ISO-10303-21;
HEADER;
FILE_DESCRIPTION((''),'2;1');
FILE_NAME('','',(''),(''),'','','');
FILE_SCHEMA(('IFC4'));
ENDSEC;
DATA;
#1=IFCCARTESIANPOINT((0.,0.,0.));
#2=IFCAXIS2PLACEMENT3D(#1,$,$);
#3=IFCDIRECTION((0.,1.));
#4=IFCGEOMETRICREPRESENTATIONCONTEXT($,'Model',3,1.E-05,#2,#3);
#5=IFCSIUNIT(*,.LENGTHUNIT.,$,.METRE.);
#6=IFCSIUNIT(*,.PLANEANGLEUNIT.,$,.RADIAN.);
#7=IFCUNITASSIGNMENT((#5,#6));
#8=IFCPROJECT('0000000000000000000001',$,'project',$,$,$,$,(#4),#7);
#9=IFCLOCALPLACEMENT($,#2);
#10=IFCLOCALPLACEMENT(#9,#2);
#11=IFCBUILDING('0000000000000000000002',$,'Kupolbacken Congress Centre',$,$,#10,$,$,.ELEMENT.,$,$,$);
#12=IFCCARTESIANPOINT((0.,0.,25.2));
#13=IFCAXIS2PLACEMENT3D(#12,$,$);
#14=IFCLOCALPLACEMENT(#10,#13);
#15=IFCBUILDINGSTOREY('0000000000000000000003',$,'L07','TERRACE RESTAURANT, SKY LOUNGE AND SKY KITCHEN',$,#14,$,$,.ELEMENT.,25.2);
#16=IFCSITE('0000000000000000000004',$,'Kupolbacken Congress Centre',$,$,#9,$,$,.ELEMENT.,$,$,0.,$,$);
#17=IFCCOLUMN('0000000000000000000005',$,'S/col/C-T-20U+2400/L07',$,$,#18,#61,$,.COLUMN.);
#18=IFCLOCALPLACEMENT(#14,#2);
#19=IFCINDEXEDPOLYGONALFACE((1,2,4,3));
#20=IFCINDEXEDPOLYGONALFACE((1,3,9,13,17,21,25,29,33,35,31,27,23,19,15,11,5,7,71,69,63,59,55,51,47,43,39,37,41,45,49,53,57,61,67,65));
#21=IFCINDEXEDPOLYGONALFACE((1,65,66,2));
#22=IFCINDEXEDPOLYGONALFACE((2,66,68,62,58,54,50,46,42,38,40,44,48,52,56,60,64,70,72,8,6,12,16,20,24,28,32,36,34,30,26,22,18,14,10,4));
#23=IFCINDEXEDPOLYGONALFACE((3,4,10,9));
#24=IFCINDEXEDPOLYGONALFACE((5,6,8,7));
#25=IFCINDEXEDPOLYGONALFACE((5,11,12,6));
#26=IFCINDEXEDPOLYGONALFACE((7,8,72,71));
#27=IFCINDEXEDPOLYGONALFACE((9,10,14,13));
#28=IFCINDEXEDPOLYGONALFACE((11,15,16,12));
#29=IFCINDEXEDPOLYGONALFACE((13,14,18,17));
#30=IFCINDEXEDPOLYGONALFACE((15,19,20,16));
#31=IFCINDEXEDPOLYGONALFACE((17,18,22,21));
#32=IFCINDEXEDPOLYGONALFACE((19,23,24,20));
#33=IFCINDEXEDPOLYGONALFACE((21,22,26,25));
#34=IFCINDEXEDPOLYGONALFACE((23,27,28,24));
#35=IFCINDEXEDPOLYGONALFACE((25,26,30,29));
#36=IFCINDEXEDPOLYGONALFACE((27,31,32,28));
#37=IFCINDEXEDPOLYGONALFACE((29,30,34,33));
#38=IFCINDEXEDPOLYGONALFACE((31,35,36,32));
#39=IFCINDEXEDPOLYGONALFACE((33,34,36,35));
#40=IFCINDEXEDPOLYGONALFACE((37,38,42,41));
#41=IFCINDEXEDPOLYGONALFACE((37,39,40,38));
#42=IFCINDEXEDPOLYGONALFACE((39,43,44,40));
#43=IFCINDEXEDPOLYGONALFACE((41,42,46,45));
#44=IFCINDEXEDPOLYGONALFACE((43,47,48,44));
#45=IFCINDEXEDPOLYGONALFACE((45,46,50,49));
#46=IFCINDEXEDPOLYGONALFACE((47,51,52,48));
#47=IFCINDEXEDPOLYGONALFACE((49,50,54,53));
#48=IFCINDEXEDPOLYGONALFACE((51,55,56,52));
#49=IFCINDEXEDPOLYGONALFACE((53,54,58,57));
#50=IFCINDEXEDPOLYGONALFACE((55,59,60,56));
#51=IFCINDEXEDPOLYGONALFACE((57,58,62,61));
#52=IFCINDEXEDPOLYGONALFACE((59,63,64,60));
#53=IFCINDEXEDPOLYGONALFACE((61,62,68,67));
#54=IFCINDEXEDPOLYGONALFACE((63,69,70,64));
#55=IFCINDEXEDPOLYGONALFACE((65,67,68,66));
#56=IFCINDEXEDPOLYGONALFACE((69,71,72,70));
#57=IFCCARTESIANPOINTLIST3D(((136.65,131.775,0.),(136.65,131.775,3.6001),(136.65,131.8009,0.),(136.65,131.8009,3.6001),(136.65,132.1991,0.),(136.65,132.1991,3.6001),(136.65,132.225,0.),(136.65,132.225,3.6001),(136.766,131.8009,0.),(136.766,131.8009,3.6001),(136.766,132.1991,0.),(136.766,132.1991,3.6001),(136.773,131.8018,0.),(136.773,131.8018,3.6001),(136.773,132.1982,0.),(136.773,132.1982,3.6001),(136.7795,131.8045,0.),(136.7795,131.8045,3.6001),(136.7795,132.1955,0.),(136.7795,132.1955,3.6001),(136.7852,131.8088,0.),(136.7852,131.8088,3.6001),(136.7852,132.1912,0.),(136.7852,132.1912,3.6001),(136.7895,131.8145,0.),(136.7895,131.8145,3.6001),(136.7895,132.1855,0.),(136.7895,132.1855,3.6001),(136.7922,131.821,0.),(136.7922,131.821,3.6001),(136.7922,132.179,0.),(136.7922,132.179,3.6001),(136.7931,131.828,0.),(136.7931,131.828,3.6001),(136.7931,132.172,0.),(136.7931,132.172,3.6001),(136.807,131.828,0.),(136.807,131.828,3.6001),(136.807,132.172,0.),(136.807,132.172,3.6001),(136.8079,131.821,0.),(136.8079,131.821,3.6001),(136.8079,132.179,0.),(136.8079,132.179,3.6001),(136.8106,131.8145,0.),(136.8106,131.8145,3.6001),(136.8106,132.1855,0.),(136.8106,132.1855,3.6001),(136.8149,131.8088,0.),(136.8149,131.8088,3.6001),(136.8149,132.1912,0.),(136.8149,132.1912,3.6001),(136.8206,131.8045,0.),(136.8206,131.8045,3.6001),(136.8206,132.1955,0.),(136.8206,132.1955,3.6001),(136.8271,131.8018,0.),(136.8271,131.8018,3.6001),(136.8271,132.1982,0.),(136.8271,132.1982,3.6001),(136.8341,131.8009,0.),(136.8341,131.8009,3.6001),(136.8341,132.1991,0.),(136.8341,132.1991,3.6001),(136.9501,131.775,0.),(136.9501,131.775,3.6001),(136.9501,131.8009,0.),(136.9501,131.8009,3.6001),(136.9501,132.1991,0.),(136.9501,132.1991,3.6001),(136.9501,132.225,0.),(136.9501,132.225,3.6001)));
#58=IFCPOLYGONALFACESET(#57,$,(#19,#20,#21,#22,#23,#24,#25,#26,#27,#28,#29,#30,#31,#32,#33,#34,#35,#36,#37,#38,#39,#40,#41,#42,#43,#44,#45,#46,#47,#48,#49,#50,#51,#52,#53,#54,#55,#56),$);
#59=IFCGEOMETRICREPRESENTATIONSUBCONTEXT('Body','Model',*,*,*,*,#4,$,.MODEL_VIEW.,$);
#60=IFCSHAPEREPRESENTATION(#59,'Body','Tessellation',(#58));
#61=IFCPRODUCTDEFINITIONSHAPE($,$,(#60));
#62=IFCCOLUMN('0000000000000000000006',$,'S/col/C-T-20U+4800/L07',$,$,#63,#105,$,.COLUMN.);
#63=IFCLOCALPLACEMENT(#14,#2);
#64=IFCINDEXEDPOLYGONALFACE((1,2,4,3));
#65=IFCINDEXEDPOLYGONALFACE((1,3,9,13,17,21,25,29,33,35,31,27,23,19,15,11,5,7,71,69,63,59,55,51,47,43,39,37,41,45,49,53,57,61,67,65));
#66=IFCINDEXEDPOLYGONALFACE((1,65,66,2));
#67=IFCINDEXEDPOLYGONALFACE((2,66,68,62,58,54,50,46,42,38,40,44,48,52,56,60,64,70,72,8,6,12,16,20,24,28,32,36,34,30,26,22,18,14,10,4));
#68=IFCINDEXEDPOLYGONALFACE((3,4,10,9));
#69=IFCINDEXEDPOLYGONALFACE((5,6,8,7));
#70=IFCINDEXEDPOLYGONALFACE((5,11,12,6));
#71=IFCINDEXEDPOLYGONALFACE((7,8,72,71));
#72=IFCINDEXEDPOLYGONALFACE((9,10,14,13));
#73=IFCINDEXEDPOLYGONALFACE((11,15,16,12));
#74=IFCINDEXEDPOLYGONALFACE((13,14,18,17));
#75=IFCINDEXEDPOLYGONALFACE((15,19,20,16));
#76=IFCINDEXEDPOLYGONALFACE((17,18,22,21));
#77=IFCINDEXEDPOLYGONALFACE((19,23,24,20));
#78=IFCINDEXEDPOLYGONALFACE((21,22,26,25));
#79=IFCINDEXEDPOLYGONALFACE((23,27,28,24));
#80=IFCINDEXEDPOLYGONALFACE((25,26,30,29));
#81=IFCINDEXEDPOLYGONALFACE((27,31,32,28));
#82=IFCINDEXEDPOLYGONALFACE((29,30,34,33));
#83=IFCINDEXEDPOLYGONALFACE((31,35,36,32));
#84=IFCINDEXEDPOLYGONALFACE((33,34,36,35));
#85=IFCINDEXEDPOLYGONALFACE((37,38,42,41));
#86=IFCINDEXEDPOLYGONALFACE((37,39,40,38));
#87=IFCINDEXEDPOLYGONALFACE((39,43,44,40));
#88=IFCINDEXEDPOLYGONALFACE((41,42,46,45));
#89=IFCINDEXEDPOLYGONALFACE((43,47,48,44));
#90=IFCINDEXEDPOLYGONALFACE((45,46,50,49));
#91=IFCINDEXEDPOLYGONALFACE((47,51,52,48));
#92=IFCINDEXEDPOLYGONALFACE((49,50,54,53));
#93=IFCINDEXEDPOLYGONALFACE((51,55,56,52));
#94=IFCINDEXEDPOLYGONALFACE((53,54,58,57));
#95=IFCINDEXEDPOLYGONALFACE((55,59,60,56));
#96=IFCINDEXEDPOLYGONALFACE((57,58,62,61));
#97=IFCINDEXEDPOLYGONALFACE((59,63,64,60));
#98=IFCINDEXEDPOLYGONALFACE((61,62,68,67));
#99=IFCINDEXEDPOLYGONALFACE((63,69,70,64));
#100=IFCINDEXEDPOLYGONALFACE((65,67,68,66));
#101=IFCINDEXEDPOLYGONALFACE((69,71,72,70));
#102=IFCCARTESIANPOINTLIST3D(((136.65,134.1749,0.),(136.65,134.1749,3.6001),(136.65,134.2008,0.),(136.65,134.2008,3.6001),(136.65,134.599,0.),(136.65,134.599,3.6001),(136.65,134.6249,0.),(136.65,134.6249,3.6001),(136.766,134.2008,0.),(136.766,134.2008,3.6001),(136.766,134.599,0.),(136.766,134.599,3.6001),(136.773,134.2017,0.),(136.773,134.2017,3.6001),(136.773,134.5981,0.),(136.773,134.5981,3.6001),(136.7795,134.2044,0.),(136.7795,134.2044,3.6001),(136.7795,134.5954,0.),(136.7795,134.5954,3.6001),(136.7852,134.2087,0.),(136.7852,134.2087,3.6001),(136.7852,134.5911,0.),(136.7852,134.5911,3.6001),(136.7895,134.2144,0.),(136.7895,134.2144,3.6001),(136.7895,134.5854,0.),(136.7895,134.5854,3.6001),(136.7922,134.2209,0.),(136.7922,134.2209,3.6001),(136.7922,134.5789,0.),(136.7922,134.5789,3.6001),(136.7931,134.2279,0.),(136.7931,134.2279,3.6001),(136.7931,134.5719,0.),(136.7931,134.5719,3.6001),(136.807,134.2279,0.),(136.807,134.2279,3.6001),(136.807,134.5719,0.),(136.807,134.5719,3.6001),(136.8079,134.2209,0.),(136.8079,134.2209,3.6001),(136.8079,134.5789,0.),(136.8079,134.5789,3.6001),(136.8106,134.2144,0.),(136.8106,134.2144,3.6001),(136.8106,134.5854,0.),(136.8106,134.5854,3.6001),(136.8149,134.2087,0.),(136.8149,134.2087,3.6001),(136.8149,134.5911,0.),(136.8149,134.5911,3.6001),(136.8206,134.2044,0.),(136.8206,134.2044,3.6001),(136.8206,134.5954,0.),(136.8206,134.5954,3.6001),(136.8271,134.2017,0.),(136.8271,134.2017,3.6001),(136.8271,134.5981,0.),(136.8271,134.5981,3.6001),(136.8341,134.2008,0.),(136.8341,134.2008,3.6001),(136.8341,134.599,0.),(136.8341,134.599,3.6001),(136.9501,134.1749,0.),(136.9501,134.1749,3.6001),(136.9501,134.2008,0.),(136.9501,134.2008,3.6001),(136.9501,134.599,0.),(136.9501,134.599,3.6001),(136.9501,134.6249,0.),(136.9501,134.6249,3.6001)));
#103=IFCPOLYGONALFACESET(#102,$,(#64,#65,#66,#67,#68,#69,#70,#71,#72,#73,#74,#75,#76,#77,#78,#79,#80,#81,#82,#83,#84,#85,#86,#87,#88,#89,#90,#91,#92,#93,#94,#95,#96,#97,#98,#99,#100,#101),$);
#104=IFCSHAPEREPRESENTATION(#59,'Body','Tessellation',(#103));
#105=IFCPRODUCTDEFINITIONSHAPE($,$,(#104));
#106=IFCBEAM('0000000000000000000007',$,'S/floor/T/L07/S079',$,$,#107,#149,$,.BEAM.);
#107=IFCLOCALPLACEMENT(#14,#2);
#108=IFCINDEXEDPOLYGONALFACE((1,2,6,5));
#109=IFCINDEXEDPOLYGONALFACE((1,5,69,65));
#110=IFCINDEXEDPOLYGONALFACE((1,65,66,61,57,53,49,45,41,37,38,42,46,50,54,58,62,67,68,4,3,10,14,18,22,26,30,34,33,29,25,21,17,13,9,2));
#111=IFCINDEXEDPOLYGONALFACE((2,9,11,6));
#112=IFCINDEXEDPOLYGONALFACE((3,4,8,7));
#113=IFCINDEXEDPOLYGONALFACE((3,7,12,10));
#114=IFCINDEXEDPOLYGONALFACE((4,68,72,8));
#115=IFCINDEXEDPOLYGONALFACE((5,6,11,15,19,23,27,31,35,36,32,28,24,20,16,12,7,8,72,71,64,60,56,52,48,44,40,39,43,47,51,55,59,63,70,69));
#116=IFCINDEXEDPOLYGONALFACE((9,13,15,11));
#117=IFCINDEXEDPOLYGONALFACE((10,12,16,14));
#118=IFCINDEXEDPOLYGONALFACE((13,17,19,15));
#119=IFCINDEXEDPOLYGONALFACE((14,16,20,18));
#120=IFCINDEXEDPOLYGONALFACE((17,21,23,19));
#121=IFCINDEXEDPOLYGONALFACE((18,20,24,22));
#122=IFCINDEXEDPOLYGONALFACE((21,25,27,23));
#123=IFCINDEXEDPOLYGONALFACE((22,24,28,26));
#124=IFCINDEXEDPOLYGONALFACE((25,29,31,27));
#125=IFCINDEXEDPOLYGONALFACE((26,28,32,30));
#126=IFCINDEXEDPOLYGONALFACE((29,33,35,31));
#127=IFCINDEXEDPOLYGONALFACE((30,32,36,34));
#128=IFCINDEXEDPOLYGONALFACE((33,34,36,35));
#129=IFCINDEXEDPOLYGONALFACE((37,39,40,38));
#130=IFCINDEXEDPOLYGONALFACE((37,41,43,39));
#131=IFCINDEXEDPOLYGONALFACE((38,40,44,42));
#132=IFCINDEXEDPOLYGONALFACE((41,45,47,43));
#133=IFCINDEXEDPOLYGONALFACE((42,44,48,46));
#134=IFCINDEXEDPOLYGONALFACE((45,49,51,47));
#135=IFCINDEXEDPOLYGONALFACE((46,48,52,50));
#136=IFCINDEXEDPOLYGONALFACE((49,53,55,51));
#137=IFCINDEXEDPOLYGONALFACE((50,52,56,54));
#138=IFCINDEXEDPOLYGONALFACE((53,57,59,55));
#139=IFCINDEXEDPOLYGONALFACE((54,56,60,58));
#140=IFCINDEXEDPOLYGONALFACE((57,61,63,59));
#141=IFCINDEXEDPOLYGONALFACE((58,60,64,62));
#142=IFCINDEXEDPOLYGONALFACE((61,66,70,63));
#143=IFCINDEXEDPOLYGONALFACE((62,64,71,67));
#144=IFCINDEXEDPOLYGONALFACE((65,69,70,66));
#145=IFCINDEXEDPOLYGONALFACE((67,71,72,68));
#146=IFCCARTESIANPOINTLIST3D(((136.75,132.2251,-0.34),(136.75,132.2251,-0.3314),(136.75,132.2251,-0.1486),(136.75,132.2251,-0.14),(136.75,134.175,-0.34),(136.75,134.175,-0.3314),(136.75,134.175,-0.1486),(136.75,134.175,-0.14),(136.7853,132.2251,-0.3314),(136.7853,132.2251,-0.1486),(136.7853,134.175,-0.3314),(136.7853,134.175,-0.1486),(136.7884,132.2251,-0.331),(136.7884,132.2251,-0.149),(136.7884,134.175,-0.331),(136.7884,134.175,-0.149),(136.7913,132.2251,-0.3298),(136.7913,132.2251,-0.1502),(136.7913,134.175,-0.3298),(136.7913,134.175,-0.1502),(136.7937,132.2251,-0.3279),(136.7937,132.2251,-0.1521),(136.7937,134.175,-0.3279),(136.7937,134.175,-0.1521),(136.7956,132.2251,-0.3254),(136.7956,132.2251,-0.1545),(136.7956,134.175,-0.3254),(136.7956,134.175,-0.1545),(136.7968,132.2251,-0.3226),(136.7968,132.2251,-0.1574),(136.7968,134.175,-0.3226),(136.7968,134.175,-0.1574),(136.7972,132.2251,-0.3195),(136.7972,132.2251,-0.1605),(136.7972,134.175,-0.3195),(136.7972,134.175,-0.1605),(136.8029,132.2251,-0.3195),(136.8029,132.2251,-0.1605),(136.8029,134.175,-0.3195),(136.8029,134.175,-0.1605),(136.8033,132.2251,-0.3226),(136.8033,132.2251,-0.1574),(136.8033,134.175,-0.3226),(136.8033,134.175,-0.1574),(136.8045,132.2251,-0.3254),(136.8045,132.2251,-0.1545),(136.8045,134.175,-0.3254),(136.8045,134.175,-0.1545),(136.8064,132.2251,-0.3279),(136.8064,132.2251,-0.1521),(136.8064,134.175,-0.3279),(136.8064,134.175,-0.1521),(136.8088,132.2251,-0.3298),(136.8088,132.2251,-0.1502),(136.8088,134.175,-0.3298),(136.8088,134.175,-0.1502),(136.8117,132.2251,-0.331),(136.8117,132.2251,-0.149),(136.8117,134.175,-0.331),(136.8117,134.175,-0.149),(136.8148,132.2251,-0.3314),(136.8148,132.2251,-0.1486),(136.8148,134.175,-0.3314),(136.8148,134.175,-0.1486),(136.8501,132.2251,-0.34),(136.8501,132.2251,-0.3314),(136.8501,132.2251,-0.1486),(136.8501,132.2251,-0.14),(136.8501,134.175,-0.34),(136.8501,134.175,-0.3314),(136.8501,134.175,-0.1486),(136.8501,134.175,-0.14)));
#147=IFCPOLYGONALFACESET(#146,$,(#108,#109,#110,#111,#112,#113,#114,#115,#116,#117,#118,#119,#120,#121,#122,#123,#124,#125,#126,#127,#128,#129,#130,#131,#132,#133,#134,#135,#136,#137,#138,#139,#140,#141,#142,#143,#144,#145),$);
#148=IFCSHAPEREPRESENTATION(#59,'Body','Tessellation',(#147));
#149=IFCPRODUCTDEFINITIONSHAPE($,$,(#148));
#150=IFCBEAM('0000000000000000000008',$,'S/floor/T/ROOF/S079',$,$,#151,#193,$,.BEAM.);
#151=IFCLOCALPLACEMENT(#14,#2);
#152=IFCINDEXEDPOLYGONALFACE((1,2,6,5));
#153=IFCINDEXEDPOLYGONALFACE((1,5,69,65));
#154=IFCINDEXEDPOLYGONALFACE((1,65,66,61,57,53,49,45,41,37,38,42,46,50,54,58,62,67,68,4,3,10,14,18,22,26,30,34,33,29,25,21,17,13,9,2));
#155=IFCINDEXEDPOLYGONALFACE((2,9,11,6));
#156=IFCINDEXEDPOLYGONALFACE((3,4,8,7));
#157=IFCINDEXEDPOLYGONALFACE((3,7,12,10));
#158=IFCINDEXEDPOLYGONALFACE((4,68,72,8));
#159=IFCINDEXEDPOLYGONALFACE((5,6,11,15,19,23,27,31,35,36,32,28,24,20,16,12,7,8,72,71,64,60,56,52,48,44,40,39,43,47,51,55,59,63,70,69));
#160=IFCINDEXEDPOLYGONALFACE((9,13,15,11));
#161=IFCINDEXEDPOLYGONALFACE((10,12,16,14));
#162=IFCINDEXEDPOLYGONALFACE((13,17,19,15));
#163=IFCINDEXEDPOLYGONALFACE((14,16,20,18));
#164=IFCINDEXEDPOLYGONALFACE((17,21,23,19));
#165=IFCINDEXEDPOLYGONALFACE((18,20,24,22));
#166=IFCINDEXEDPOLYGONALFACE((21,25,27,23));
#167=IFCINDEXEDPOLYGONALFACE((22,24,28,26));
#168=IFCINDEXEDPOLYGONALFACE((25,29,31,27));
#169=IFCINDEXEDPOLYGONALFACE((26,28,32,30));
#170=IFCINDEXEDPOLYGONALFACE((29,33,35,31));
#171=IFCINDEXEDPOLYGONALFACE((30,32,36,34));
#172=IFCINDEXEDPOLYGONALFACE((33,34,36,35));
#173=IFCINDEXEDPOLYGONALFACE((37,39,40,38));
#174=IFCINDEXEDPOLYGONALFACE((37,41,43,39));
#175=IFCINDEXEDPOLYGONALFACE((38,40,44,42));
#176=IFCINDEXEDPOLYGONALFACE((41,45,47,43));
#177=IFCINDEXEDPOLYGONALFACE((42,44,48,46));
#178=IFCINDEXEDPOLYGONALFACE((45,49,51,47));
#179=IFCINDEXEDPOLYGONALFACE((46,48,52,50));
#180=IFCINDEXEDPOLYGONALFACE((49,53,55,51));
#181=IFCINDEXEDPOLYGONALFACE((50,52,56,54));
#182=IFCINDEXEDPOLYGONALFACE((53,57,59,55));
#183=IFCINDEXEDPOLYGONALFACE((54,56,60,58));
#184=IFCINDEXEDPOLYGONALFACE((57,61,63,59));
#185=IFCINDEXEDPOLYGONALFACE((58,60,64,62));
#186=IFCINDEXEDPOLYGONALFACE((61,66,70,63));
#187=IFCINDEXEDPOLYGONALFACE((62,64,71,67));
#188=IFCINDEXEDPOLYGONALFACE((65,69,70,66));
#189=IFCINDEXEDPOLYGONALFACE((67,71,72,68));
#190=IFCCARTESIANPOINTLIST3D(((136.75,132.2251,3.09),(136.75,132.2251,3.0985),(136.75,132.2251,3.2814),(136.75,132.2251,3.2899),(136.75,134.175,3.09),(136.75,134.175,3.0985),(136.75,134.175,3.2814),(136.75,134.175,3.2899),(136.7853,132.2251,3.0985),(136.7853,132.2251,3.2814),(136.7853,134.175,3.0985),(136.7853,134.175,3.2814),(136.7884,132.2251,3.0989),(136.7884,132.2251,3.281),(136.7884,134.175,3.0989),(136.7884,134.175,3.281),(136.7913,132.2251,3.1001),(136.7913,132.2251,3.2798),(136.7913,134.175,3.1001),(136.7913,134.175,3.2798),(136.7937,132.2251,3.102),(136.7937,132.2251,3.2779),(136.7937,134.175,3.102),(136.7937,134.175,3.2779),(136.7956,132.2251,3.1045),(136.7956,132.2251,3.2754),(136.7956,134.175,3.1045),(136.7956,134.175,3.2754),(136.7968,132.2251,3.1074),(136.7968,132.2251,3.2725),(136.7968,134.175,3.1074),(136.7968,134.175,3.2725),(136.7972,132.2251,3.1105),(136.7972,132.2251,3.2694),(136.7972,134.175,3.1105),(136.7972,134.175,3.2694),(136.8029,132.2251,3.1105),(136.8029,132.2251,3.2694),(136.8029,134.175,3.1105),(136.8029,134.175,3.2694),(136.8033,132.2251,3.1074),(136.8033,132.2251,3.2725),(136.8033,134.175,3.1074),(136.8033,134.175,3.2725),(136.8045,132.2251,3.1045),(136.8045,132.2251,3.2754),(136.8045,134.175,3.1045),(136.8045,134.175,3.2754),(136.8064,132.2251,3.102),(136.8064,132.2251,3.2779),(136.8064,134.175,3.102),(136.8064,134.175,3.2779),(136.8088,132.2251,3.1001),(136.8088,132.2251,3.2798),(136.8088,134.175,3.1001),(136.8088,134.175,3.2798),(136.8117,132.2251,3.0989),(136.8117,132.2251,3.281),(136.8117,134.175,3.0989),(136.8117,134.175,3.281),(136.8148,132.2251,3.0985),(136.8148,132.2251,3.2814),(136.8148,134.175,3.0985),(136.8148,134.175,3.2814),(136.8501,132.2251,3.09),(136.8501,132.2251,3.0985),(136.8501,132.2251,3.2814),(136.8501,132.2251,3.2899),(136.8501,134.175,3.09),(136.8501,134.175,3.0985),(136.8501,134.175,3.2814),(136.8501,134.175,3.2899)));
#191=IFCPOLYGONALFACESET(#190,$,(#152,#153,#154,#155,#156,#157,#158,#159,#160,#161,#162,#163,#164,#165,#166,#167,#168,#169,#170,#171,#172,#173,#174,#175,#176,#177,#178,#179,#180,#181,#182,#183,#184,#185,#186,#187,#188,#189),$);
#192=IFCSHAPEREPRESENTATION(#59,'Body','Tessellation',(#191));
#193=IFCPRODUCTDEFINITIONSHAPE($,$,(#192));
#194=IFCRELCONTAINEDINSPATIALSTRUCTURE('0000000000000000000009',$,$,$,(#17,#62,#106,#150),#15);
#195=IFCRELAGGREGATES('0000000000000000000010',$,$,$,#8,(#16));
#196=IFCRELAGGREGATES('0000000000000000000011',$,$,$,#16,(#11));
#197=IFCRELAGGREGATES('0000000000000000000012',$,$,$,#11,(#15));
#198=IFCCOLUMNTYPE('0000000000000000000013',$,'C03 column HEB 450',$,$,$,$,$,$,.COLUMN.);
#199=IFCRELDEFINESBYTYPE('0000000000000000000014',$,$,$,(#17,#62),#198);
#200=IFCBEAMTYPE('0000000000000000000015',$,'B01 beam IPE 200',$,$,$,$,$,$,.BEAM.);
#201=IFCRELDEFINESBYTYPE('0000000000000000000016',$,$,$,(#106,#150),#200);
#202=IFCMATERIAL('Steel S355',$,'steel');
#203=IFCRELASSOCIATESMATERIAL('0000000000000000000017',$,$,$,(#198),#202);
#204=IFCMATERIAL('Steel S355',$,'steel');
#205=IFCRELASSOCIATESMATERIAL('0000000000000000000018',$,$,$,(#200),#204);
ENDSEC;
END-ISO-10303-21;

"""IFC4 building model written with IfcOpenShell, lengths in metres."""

from ifc_helpers import new_model, si_unit, direction, frame, origin, origin_2d, place, context, subcontext, project, spatial, i_section, extrude, material, material_profile, profile_set, type_object, element, save


model = new_model("IFC4")

# Units and contexts
model_context = context("Model", 3, precision=1e-05, world=origin(), true_north=direction((0.0, 1.0)))
body_context = subcontext(model_context, "Body", "Model", "MODEL_VIEW")
ifc_project = project(units=[si_unit("LENGTHUNIT", "METRE"), si_unit("PLANEANGLEUNIT", "RADIAN")], contexts=[model_context])

# Site, building, storey
site_placement = place(None, origin())
site = spatial("IfcSite", under=ifc_project, at=site_placement, Name="Kupolbacken Congress Centre", CompositionType="ELEMENT", RefElevation=0.0)
building_placement = place(site_placement, origin())
building = spatial("IfcBuilding", under=site, at=building_placement, Name="Kupolbacken Congress Centre", CompositionType="ELEMENT")
storey_placement = place(building_placement, frame((0.0, 0.0, 25.2)))
storey = spatial("IfcBuildingStorey", under=building, at=storey_placement, Name="L07", Description="TERRACE RESTAURANT, SKY LOUNGE AND SKY KITCHEN", CompositionType="ELEMENT", Elevation=25.2)

# Columns
ifc_material_1 = material(Name="Steel S355", Category="steel")
ifc_material_profile_1 = material_profile(ifc_material_1, i_section(OverallWidth=0.3, OverallDepth=0.45, WebThickness=0.0139, FlangeThickness=0.0259, FilletRadius=0.0271, at=origin_2d()), Name="HEB 450")
ifc_profile_set_1 = profile_set([ifc_material_profile_1], Name="Steel S355")
column_type = type_object("IfcColumnType", Name="C03 column HEB 450", PredefinedType="COLUMN", material=ifc_profile_set_1)
for number, where, z_axis, x_axis, name in (
    (1, (136.8, 132.0, 0.0), (0.0, 0.0, 1.0), (1.0, 0.0, 0.0), "S/col/C-T-20U+2400/L07"),
    (2, (136.8, 134.3999, 0.0), (0.0, 0.0, 1.0), (1.0, 0.0, 0.0), "S/col/C-T-20U+4800/L07"),
):
    element("IfcColumn", number, at=place(storey_placement, frame(where, z_axis=z_axis, x_axis=x_axis)), inside=storey, type_object=column_type, Name=name, PredefinedType="COLUMN", context=body_context, shape_type="SweptSolid", body=[
        extrude(i_section(OverallWidth=0.3, OverallDepth=0.45, WebThickness=0.0139, FlangeThickness=0.0259, FilletRadius=0.0271, at=origin_2d()), origin(), (0.0, 0.0, 1.0), 3.6001),
    ])

# Beams
ifc_material_2 = material(Name="Steel S355", Category="steel")
ifc_material_profile_2 = material_profile(ifc_material_2, i_section(OverallWidth=0.1001, OverallDepth=0.2, WebThickness=0.0056, FlangeThickness=0.0085, FilletRadius=0.012, at=origin_2d()), Name="IPE 200")
ifc_profile_set_2 = profile_set([ifc_material_profile_2], Name="Steel S355")
beam_type = type_object("IfcBeamType", Name="B01 beam IPE 200", PredefinedType="BEAM", material=ifc_profile_set_2)
for number, where, z_axis, x_axis, name in (
    (3, (136.8, 132.2251, -0.24), (0.0, 1.0, 0.0), (-1.0, 0.0, 0.0), "S/floor/T/L07/S079"),
    (4, (136.8, 132.2251, 3.1899), (0.0, 1.0, 0.0), (-1.0, 0.0, 0.0), "S/floor/T/ROOF/S079"),
):
    element("IfcBeam", number, at=place(storey_placement, frame(where, z_axis=z_axis, x_axis=x_axis)), inside=storey, type_object=beam_type, Name=name, PredefinedType="BEAM", context=body_context, shape_type="SweptSolid", body=[
        extrude(i_section(OverallWidth=0.1001, OverallDepth=0.2, WebThickness=0.0056, FlangeThickness=0.0085, FilletRadius=0.012, at=origin_2d()), origin(), (0.0, 0.0, 1.0), 1.95),
    ])

save(model, "model.ifc")
